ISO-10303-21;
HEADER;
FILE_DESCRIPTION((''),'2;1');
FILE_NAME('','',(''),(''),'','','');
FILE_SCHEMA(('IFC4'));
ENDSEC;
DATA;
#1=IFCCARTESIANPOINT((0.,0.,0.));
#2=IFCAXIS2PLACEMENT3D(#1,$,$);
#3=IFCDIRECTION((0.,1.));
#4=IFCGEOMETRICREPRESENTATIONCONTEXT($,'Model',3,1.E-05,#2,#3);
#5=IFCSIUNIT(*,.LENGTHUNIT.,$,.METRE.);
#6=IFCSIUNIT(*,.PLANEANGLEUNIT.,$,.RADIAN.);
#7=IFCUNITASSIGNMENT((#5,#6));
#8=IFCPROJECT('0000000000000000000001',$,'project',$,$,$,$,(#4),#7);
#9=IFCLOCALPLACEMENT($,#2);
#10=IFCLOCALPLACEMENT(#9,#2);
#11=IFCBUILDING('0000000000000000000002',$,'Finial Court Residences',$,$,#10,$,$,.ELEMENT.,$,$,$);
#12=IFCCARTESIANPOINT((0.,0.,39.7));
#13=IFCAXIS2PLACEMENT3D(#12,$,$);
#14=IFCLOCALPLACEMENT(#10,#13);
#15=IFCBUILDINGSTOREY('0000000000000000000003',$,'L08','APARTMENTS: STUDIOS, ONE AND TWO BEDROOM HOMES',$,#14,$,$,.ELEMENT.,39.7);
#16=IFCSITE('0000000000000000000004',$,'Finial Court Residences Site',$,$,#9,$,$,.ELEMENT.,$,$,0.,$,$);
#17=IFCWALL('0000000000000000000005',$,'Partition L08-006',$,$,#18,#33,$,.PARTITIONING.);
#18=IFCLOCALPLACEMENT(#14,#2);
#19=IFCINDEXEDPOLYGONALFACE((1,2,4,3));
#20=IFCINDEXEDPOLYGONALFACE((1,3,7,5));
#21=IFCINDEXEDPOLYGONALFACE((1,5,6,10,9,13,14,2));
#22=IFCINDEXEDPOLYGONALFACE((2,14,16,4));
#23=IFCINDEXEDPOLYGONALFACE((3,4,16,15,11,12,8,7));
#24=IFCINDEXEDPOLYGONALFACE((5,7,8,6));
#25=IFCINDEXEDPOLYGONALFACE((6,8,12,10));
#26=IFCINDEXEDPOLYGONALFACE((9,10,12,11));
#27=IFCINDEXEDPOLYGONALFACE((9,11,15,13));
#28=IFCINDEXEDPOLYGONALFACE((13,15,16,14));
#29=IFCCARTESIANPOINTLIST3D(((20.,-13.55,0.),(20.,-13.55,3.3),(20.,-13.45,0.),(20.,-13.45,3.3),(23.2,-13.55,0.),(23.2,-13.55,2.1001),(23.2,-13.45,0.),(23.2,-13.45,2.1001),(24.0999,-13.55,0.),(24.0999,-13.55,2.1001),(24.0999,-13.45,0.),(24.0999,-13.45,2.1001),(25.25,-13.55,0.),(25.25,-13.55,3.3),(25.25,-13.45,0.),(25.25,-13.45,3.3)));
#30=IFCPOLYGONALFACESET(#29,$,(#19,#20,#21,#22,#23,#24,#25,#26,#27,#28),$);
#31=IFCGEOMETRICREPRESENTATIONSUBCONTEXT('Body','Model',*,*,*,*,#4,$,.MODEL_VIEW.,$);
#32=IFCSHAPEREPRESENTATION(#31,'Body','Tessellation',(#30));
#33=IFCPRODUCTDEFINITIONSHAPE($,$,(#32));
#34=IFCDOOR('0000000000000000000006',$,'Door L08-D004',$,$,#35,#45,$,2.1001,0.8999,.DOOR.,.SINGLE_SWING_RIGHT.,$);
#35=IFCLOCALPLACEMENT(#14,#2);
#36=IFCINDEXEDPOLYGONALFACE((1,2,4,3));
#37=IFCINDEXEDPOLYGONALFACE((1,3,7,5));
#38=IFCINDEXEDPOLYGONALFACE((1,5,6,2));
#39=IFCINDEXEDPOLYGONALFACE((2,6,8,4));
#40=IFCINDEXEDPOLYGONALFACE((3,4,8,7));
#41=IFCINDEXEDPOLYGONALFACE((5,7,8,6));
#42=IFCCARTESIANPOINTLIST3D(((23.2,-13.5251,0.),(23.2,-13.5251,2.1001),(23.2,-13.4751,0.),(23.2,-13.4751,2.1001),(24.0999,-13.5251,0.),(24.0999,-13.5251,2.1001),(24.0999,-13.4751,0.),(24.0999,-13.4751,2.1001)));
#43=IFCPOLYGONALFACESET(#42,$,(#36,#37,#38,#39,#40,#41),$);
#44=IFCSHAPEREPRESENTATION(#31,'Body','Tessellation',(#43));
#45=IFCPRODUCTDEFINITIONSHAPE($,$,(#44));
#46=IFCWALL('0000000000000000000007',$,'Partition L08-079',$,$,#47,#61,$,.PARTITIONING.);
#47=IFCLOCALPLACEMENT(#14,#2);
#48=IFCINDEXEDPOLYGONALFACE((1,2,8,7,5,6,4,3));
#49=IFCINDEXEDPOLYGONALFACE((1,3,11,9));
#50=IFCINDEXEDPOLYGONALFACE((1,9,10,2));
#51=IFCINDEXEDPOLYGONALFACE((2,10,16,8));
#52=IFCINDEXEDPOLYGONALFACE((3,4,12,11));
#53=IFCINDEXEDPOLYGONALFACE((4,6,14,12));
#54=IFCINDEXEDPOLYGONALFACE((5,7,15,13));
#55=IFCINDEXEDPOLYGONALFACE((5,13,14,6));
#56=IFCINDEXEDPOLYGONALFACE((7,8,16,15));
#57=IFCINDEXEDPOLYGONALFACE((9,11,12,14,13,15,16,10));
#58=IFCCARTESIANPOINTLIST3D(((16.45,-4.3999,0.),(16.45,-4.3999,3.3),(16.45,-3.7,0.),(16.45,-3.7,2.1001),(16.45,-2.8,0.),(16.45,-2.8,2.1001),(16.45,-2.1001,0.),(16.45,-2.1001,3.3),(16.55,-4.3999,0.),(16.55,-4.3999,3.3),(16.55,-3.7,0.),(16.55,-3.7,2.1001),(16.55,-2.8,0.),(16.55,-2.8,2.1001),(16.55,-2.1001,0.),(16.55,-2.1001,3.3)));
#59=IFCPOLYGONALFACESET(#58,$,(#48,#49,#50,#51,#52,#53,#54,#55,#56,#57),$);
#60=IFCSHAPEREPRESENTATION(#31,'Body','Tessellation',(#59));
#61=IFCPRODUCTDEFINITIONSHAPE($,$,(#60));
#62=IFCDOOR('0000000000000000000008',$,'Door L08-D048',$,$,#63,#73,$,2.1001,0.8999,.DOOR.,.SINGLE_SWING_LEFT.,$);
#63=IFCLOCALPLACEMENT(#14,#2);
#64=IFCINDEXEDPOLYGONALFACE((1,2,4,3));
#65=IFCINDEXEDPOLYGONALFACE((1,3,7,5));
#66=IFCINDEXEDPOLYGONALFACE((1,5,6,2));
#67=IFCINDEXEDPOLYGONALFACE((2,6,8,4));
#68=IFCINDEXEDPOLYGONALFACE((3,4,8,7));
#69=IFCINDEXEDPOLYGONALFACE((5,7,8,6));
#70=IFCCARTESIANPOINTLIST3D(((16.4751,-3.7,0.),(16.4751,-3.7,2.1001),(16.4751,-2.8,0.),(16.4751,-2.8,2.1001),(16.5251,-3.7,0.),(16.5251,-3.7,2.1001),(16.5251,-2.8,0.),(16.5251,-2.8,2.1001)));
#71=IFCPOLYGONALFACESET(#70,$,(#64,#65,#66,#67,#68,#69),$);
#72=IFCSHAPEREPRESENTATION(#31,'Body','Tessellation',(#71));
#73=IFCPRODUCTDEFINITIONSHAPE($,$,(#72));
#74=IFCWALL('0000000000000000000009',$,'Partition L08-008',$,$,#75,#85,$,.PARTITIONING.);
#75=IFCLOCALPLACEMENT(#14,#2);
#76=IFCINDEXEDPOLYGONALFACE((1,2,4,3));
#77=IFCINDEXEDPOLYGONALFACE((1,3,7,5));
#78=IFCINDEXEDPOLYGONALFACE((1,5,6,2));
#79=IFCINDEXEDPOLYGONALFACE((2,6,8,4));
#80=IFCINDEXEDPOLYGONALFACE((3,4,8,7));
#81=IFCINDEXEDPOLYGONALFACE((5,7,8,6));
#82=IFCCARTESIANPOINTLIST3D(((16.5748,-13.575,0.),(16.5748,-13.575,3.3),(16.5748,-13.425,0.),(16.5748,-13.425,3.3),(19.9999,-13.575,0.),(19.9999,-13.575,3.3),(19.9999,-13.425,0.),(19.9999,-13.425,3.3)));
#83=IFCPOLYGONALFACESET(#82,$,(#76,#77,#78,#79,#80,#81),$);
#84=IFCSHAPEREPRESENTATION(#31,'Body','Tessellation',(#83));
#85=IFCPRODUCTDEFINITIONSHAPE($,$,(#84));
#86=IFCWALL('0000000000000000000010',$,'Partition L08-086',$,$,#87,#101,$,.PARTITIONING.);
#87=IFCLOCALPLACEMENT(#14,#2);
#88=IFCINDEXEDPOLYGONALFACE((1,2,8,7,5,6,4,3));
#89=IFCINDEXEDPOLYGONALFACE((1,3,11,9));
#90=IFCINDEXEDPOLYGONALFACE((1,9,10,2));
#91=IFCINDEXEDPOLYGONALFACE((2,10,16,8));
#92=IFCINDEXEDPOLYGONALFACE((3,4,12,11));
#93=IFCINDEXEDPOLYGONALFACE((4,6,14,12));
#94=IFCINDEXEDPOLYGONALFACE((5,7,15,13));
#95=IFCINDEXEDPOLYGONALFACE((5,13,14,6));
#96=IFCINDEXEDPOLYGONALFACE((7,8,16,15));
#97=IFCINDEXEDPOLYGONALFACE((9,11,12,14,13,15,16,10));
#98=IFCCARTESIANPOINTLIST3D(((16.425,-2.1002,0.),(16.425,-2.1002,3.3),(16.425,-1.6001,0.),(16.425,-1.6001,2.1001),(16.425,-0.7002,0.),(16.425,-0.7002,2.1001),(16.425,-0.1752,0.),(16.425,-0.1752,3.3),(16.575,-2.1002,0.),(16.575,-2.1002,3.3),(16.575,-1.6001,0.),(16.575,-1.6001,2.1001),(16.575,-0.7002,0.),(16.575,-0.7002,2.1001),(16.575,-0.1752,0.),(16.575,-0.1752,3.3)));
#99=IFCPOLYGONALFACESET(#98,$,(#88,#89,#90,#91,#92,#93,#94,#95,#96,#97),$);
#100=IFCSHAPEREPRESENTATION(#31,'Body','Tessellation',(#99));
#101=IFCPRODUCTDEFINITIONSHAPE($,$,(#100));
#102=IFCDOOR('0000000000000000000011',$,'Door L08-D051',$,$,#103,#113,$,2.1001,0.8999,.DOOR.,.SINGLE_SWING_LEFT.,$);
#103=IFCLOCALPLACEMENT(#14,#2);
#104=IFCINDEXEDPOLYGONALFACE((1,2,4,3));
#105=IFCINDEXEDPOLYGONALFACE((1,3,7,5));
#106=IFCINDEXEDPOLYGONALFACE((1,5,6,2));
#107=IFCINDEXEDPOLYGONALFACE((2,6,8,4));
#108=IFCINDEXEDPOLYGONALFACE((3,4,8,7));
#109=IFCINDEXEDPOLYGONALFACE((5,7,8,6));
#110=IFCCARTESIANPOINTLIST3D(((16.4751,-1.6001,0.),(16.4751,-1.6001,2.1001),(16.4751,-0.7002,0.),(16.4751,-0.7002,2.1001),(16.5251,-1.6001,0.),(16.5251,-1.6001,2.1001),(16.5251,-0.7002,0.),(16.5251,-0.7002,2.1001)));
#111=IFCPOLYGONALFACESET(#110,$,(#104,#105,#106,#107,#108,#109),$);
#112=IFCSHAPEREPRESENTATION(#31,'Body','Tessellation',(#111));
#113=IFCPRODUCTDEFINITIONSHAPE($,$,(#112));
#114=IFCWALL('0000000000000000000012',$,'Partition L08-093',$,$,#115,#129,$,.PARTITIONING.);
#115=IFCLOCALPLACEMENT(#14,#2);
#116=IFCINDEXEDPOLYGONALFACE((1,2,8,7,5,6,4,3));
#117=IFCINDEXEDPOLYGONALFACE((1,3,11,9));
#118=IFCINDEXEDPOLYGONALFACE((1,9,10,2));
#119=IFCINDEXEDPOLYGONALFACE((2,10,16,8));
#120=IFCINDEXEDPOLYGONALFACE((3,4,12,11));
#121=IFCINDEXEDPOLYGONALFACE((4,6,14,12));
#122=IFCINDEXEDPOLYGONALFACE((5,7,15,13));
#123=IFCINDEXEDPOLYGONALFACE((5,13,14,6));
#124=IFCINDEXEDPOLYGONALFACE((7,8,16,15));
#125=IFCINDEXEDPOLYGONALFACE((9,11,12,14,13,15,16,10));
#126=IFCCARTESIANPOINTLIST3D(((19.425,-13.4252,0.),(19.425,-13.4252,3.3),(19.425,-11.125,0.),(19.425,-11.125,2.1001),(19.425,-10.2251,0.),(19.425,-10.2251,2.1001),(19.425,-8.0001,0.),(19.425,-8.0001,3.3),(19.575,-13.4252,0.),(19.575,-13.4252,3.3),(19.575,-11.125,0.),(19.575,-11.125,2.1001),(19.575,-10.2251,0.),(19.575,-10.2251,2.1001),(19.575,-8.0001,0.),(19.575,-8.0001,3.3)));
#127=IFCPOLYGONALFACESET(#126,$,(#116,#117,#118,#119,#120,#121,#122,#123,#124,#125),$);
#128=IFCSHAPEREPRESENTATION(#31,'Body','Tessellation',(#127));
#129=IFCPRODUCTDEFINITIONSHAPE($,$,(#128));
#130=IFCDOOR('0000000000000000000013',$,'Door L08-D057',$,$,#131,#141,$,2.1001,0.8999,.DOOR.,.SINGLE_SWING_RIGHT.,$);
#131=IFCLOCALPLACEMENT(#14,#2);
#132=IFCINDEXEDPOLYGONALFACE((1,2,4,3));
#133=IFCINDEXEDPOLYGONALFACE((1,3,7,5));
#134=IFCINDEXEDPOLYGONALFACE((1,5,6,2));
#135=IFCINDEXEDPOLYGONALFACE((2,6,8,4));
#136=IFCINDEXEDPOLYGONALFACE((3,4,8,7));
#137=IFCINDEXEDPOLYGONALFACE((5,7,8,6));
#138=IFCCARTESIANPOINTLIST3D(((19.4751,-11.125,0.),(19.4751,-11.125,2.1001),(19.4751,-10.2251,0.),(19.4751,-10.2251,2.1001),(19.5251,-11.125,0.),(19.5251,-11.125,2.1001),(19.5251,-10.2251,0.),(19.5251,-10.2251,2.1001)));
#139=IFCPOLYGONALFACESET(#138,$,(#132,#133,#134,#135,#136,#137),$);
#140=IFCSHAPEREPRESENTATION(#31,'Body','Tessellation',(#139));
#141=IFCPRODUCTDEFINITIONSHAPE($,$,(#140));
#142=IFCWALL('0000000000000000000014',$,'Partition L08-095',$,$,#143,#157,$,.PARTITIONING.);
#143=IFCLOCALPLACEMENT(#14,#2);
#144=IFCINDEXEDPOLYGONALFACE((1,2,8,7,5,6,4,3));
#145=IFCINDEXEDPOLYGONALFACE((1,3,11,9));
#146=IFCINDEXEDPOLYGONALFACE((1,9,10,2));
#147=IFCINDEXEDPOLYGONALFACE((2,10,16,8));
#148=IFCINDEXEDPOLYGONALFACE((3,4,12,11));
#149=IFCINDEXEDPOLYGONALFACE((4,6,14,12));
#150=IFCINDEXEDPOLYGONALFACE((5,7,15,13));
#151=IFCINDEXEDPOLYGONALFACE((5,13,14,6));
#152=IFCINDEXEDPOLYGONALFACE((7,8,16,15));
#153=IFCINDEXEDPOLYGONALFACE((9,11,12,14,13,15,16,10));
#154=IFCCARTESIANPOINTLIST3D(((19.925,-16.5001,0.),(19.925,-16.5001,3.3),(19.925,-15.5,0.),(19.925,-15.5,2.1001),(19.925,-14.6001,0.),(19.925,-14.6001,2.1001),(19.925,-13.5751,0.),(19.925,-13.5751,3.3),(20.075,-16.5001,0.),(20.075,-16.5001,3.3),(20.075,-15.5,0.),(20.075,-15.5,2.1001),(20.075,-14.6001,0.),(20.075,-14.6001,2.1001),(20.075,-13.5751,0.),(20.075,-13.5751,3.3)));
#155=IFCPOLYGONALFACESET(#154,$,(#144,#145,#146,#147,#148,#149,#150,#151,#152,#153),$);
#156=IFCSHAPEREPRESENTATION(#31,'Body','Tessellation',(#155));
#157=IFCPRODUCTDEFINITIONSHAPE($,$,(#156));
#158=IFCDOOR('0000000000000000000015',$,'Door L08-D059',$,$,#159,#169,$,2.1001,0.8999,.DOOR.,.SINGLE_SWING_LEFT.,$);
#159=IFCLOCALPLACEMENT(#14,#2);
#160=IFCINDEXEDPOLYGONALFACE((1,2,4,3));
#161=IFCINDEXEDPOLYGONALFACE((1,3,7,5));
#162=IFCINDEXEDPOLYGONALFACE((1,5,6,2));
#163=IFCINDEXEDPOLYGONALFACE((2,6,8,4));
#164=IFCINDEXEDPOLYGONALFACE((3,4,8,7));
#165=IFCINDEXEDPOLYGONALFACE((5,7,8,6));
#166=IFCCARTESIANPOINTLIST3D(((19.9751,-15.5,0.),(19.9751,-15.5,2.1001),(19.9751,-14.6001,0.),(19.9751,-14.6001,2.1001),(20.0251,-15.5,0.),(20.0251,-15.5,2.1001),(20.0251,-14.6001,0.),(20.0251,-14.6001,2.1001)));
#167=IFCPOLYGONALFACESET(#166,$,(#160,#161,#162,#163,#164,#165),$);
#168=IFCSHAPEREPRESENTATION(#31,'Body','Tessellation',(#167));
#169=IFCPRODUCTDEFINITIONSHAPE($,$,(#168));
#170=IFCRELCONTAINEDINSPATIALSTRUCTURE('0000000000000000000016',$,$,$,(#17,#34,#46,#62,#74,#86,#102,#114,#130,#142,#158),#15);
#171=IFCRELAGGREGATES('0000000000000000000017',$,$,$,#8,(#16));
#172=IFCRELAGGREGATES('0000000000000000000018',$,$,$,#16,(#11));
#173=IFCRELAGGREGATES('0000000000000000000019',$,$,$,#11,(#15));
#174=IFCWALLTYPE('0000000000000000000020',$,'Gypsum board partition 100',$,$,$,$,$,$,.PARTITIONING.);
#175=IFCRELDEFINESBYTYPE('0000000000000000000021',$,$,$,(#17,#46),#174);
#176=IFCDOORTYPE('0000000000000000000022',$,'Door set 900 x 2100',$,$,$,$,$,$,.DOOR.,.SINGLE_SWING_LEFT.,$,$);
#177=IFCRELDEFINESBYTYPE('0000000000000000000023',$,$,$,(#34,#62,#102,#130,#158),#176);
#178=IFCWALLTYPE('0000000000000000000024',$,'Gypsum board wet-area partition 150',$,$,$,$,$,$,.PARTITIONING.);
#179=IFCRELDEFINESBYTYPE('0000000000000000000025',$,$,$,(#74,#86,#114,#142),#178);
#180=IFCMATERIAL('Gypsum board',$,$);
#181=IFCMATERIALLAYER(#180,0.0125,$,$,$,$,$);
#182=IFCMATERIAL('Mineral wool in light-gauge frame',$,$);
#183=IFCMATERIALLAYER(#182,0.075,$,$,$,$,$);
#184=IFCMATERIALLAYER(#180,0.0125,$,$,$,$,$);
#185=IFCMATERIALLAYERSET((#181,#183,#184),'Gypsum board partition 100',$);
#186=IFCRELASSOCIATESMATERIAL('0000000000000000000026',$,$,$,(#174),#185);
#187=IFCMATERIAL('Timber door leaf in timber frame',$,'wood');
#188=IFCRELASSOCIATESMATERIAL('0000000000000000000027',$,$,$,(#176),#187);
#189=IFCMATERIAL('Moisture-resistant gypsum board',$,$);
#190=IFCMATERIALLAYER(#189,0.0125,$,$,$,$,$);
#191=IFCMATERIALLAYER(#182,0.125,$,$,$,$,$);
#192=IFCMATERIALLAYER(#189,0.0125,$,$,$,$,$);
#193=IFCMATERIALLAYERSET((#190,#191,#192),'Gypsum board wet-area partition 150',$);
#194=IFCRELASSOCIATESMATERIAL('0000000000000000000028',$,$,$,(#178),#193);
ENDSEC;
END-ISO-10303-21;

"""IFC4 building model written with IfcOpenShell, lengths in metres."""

from ifc_helpers import new_model, si_unit, direction, frame, frame_2d, origin, place, context, subcontext, project, spatial, rectangle, extrude, material, layer, layer_set, type_object, element, fill, save


model = new_model("IFC4")

# Units and contexts
model_context = context("Model", 3, precision=1e-05, world=origin(), true_north=direction((0.0, 1.0)))
body_context = subcontext(model_context, "Body", "Model", "MODEL_VIEW")
ifc_project = project(units=[si_unit("LENGTHUNIT", "METRE"), si_unit("PLANEANGLEUNIT", "RADIAN")], contexts=[model_context])

# Site, building, storey
site_placement = place(None, origin())
site = spatial("IfcSite", under=ifc_project, at=site_placement, Name="Finial Court Residences Site", CompositionType="ELEMENT", RefElevation=0.0)
building_placement = place(site_placement, origin())
building = spatial("IfcBuilding", under=site, at=building_placement, Name="Finial Court Residences", CompositionType="ELEMENT")
storey_placement = place(building_placement, frame((0.0, 0.0, 39.7)))
storey = spatial("IfcBuildingStorey", under=building, at=storey_placement, Name="L08", Description="APARTMENTS: STUDIOS, ONE AND TWO BEDROOM HOMES", CompositionType="ELEMENT", Elevation=39.7)

# Walls, openings, doors
ifc_material_1 = material(Name="Gypsum board")
ifc_layer_1 = layer(ifc_material_1, 0.0125)
ifc_material_2 = material(Name="Mineral wool in light-gauge frame")
ifc_layer_2 = layer(ifc_material_2, 0.075)
ifc_layer_3 = layer(ifc_material_1, 0.0125)
ifc_layer_set_1 = layer_set([ifc_layer_1, ifc_layer_2, ifc_layer_3], Name="Gypsum board partition 100")
wall_type_1 = type_object("IfcWallType", Name="Gypsum board partition 100", PredefinedType="PARTITIONING", material=ifc_layer_set_1)
wall_1_placement = place(storey_placement, frame((20.0, -13.5, 0.0), z_axis=(0.0, 0.0, 1.0), x_axis=(1.0, 0.0, 0.0)))
wall_1 = element("IfcWall", 1, at=wall_1_placement, inside=storey, type_object=wall_type_1, Name="Partition L08-006", PredefinedType="PARTITIONING", context=body_context, shape_type="SweptSolid", body=[
    extrude(rectangle(XDim=5.25, YDim=0.1001, at=frame_2d((2.625, 0.0))), origin(), (0.0, 0.0, 1.0), 3.3),
])
opening_1_placement = place(wall_1_placement, frame((3.2, 0.0, 0.0)))
opening_1 = element("IfcOpeningElement", 2, at=opening_1_placement, cuts=wall_1, PredefinedType="OPENING", context=body_context, shape_type="SweptSolid", body=[
    extrude(rectangle(XDim=0.8999, YDim=2.1001, at=frame_2d((0.45, 1.05))), frame((0.0, 0.0601, 0.0), z_axis=(0.0, -1.0, 0.0), x_axis=(1.0, 0.0, 0.0)), (0.0, 0.0, 1.0), 0.1201),
])
ifc_material_3 = material(Name="Timber door leaf in timber frame", Category="wood")
door_type = type_object("IfcDoorType", Name="Door set 900 x 2100", OperationType="SINGLE_SWING_LEFT", PredefinedType="DOOR", material=ifc_material_3)
door_1_placement = place(opening_1_placement, origin())
door_1 = element("IfcDoor", 3, at=door_1_placement, inside=storey, type_object=door_type, Name="Door L08-D004", OperationType="SINGLE_SWING_RIGHT", OverallHeight=2.1001, OverallWidth=0.8999, PredefinedType="DOOR", context=body_context, shape_type="SweptSolid", body=[
    extrude(rectangle(XDim=0.8999, YDim=2.1001, at=frame_2d((0.45, 1.05))), frame((0.0, 0.0249, 0.0), z_axis=(0.0, -1.0, 0.0), x_axis=(1.0, 0.0, 0.0)), (0.0, 0.0, 1.0), 0.05),
])
fill(opening_1, door_1)
wall_2_placement = place(storey_placement, frame((16.5, -4.3999, 0.0), z_axis=(0.0, 0.0, 1.0), x_axis=(0.0, 1.0, 0.0)))
wall_2 = element("IfcWall", 4, at=wall_2_placement, inside=storey, type_object=wall_type_1, Name="Partition L08-079", PredefinedType="PARTITIONING", context=body_context, shape_type="SweptSolid", body=[
    extrude(rectangle(XDim=2.2998, YDim=0.1001, at=frame_2d((1.1499, 0.0))), origin(), (0.0, 0.0, 1.0), 3.3),
])
opening_2_placement = place(wall_2_placement, frame((0.7, 0.0, 0.0)))
opening_2 = element("IfcOpeningElement", 5, at=opening_2_placement, cuts=wall_2, PredefinedType="OPENING", context=body_context, shape_type="SweptSolid", body=[
    extrude(rectangle(XDim=0.8999, YDim=2.1001, at=frame_2d((0.45, 1.05))), frame((0.0, 0.0601, 0.0), z_axis=(0.0, -1.0, 0.0), x_axis=(1.0, 0.0, 0.0)), (0.0, 0.0, 1.0), 0.1201),
])
door_2_placement = place(opening_2_placement, origin())
door_2 = element("IfcDoor", 6, at=door_2_placement, inside=storey, type_object=door_type, Name="Door L08-D048", OperationType="SINGLE_SWING_LEFT", OverallHeight=2.1001, OverallWidth=0.8999, PredefinedType="DOOR", context=body_context, shape_type="SweptSolid", body=[
    extrude(rectangle(XDim=0.8999, YDim=2.1001, at=frame_2d((0.45, 1.05))), frame((0.0, 0.0249, 0.0), z_axis=(0.0, -1.0, 0.0), x_axis=(1.0, 0.0, 0.0)), (0.0, 0.0, 1.0), 0.05),
])
fill(opening_2, door_2)

# Wall
ifc_material_4 = material(Name="Moisture-resistant gypsum board")
ifc_layer_4 = layer(ifc_material_4, 0.0125)
ifc_layer_5 = layer(ifc_material_2, 0.125)
ifc_layer_6 = layer(ifc_material_4, 0.0125)
ifc_layer_set_2 = layer_set([ifc_layer_4, ifc_layer_5, ifc_layer_6], Name="Gypsum board wet-area partition 150")
wall_type_2 = type_object("IfcWallType", Name="Gypsum board wet-area partition 150", PredefinedType="PARTITIONING", material=ifc_layer_set_2)
wall_3_placement = place(storey_placement, frame((16.575, -13.5, 0.0), z_axis=(0.0, 0.0, 1.0), x_axis=(1.0, 0.0, 0.0)))
element("IfcWall", 7, at=wall_3_placement, inside=storey, type_object=wall_type_2, Name="Partition L08-008", PredefinedType="PARTITIONING", context=body_context, shape_type="SweptSolid", body=[
    extrude(rectangle(XDim=3.425, YDim=0.1499, at=frame_2d((1.7124, 0.0))), origin(), (0.0, 0.0, 1.0), 3.3),
])

# Walls, openings, doors
wall_4_placement = place(storey_placement, frame((16.5, -2.1001, 0.0), z_axis=(0.0, 0.0, 1.0), x_axis=(0.0, 1.0, 0.0)))
wall_4 = element("IfcWall", 8, at=wall_4_placement, inside=storey, type_object=wall_type_2, Name="Partition L08-086", PredefinedType="PARTITIONING", context=body_context, shape_type="SweptSolid", body=[
    extrude(rectangle(XDim=1.925, YDim=0.1499, at=frame_2d((0.9624, 0.0))), origin(), (0.0, 0.0, 1.0), 3.3),
])
opening_3_placement = place(wall_4_placement, frame((0.5, 0.0, 0.0)))
opening_3 = element("IfcOpeningElement", 9, at=opening_3_placement, cuts=wall_4, PredefinedType="OPENING", context=body_context, shape_type="SweptSolid", body=[
    extrude(rectangle(XDim=0.8999, YDim=2.1001, at=frame_2d((0.45, 1.05))), frame((0.0, 0.085, 0.0), z_axis=(0.0, -1.0, 0.0), x_axis=(1.0, 0.0, 0.0)), (0.0, 0.0, 1.0), 0.1699),
])
door_3_placement = place(opening_3_placement, origin())
door_3 = element("IfcDoor", 10, at=door_3_placement, inside=storey, type_object=door_type, Name="Door L08-D051", OperationType="SINGLE_SWING_LEFT", OverallHeight=2.1001, OverallWidth=0.8999, PredefinedType="DOOR", context=body_context, shape_type="SweptSolid", body=[
    extrude(rectangle(XDim=0.8999, YDim=2.1001, at=frame_2d((0.45, 1.05))), frame((0.0, 0.0249, 0.0), z_axis=(0.0, -1.0, 0.0), x_axis=(1.0, 0.0, 0.0)), (0.0, 0.0, 1.0), 0.05),
])
fill(opening_3, door_3)
wall_5_placement = place(storey_placement, frame((19.5, -13.425, 0.0), z_axis=(0.0, 0.0, 1.0), x_axis=(0.0, 1.0, 0.0)))
wall_5 = element("IfcWall", 11, at=wall_5_placement, inside=storey, type_object=wall_type_2, Name="Partition L08-093", PredefinedType="PARTITIONING", context=body_context, shape_type="SweptSolid", body=[
    extrude(rectangle(XDim=5.425, YDim=0.1499, at=frame_2d((2.7124, 0.0))), origin(), (0.0, 0.0, 1.0), 3.3),
])
opening_4_placement = place(wall_5_placement, frame((2.3, 0.0, 0.0)))
opening_4 = element("IfcOpeningElement", 12, at=opening_4_placement, cuts=wall_5, PredefinedType="OPENING", context=body_context, shape_type="SweptSolid", body=[
    extrude(rectangle(XDim=0.8999, YDim=2.1001, at=frame_2d((0.45, 1.05))), frame((0.0, 0.085, 0.0), z_axis=(0.0, -1.0, 0.0), x_axis=(1.0, 0.0, 0.0)), (0.0, 0.0, 1.0), 0.1699),
])
door_4_placement = place(opening_4_placement, origin())
door_4 = element("IfcDoor", 13, at=door_4_placement, inside=storey, type_object=door_type, Name="Door L08-D057", OperationType="SINGLE_SWING_RIGHT", OverallHeight=2.1001, OverallWidth=0.8999, PredefinedType="DOOR", context=body_context, shape_type="SweptSolid", body=[
    extrude(rectangle(XDim=0.8999, YDim=2.1001, at=frame_2d((0.45, 1.05))), frame((0.0, 0.0249, 0.0), z_axis=(0.0, -1.0, 0.0), x_axis=(1.0, 0.0, 0.0)), (0.0, 0.0, 1.0), 0.05),
])
fill(opening_4, door_4)
wall_6_placement = place(storey_placement, frame((20.0, -16.5, 0.0), z_axis=(0.0, 0.0, 1.0), x_axis=(0.0, 1.0, 0.0)))
wall_6 = element("IfcWall", 14, at=wall_6_placement, inside=storey, type_object=wall_type_2, Name="Partition L08-095", PredefinedType="PARTITIONING", context=body_context, shape_type="SweptSolid", body=[
    extrude(rectangle(XDim=2.925, YDim=0.1499, at=frame_2d((1.4624, 0.0))), origin(), (0.0, 0.0, 1.0), 3.3),
])
opening_5_placement = place(wall_6_placement, frame((1.0, 0.0, 0.0)))
opening_5 = element("IfcOpeningElement", 15, at=opening_5_placement, cuts=wall_6, PredefinedType="OPENING", context=body_context, shape_type="SweptSolid", body=[
    extrude(rectangle(XDim=0.8999, YDim=2.1001, at=frame_2d((0.45, 1.05))), frame((0.0, 0.085, 0.0), z_axis=(0.0, -1.0, 0.0), x_axis=(1.0, 0.0, 0.0)), (0.0, 0.0, 1.0), 0.1699),
])
door_5_placement = place(opening_5_placement, origin())
door_5 = element("IfcDoor", 16, at=door_5_placement, inside=storey, type_object=door_type, Name="Door L08-D059", OperationType="SINGLE_SWING_LEFT", OverallHeight=2.1001, OverallWidth=0.8999, PredefinedType="DOOR", context=body_context, shape_type="SweptSolid", body=[
    extrude(rectangle(XDim=0.8999, YDim=2.1001, at=frame_2d((0.45, 1.05))), frame((0.0, 0.0249, 0.0), z_axis=(0.0, -1.0, 0.0), x_axis=(1.0, 0.0, 0.0)), (0.0, 0.0, 1.0), 0.05),
])
fill(opening_5, door_5)

save(model, "model.ifc")
